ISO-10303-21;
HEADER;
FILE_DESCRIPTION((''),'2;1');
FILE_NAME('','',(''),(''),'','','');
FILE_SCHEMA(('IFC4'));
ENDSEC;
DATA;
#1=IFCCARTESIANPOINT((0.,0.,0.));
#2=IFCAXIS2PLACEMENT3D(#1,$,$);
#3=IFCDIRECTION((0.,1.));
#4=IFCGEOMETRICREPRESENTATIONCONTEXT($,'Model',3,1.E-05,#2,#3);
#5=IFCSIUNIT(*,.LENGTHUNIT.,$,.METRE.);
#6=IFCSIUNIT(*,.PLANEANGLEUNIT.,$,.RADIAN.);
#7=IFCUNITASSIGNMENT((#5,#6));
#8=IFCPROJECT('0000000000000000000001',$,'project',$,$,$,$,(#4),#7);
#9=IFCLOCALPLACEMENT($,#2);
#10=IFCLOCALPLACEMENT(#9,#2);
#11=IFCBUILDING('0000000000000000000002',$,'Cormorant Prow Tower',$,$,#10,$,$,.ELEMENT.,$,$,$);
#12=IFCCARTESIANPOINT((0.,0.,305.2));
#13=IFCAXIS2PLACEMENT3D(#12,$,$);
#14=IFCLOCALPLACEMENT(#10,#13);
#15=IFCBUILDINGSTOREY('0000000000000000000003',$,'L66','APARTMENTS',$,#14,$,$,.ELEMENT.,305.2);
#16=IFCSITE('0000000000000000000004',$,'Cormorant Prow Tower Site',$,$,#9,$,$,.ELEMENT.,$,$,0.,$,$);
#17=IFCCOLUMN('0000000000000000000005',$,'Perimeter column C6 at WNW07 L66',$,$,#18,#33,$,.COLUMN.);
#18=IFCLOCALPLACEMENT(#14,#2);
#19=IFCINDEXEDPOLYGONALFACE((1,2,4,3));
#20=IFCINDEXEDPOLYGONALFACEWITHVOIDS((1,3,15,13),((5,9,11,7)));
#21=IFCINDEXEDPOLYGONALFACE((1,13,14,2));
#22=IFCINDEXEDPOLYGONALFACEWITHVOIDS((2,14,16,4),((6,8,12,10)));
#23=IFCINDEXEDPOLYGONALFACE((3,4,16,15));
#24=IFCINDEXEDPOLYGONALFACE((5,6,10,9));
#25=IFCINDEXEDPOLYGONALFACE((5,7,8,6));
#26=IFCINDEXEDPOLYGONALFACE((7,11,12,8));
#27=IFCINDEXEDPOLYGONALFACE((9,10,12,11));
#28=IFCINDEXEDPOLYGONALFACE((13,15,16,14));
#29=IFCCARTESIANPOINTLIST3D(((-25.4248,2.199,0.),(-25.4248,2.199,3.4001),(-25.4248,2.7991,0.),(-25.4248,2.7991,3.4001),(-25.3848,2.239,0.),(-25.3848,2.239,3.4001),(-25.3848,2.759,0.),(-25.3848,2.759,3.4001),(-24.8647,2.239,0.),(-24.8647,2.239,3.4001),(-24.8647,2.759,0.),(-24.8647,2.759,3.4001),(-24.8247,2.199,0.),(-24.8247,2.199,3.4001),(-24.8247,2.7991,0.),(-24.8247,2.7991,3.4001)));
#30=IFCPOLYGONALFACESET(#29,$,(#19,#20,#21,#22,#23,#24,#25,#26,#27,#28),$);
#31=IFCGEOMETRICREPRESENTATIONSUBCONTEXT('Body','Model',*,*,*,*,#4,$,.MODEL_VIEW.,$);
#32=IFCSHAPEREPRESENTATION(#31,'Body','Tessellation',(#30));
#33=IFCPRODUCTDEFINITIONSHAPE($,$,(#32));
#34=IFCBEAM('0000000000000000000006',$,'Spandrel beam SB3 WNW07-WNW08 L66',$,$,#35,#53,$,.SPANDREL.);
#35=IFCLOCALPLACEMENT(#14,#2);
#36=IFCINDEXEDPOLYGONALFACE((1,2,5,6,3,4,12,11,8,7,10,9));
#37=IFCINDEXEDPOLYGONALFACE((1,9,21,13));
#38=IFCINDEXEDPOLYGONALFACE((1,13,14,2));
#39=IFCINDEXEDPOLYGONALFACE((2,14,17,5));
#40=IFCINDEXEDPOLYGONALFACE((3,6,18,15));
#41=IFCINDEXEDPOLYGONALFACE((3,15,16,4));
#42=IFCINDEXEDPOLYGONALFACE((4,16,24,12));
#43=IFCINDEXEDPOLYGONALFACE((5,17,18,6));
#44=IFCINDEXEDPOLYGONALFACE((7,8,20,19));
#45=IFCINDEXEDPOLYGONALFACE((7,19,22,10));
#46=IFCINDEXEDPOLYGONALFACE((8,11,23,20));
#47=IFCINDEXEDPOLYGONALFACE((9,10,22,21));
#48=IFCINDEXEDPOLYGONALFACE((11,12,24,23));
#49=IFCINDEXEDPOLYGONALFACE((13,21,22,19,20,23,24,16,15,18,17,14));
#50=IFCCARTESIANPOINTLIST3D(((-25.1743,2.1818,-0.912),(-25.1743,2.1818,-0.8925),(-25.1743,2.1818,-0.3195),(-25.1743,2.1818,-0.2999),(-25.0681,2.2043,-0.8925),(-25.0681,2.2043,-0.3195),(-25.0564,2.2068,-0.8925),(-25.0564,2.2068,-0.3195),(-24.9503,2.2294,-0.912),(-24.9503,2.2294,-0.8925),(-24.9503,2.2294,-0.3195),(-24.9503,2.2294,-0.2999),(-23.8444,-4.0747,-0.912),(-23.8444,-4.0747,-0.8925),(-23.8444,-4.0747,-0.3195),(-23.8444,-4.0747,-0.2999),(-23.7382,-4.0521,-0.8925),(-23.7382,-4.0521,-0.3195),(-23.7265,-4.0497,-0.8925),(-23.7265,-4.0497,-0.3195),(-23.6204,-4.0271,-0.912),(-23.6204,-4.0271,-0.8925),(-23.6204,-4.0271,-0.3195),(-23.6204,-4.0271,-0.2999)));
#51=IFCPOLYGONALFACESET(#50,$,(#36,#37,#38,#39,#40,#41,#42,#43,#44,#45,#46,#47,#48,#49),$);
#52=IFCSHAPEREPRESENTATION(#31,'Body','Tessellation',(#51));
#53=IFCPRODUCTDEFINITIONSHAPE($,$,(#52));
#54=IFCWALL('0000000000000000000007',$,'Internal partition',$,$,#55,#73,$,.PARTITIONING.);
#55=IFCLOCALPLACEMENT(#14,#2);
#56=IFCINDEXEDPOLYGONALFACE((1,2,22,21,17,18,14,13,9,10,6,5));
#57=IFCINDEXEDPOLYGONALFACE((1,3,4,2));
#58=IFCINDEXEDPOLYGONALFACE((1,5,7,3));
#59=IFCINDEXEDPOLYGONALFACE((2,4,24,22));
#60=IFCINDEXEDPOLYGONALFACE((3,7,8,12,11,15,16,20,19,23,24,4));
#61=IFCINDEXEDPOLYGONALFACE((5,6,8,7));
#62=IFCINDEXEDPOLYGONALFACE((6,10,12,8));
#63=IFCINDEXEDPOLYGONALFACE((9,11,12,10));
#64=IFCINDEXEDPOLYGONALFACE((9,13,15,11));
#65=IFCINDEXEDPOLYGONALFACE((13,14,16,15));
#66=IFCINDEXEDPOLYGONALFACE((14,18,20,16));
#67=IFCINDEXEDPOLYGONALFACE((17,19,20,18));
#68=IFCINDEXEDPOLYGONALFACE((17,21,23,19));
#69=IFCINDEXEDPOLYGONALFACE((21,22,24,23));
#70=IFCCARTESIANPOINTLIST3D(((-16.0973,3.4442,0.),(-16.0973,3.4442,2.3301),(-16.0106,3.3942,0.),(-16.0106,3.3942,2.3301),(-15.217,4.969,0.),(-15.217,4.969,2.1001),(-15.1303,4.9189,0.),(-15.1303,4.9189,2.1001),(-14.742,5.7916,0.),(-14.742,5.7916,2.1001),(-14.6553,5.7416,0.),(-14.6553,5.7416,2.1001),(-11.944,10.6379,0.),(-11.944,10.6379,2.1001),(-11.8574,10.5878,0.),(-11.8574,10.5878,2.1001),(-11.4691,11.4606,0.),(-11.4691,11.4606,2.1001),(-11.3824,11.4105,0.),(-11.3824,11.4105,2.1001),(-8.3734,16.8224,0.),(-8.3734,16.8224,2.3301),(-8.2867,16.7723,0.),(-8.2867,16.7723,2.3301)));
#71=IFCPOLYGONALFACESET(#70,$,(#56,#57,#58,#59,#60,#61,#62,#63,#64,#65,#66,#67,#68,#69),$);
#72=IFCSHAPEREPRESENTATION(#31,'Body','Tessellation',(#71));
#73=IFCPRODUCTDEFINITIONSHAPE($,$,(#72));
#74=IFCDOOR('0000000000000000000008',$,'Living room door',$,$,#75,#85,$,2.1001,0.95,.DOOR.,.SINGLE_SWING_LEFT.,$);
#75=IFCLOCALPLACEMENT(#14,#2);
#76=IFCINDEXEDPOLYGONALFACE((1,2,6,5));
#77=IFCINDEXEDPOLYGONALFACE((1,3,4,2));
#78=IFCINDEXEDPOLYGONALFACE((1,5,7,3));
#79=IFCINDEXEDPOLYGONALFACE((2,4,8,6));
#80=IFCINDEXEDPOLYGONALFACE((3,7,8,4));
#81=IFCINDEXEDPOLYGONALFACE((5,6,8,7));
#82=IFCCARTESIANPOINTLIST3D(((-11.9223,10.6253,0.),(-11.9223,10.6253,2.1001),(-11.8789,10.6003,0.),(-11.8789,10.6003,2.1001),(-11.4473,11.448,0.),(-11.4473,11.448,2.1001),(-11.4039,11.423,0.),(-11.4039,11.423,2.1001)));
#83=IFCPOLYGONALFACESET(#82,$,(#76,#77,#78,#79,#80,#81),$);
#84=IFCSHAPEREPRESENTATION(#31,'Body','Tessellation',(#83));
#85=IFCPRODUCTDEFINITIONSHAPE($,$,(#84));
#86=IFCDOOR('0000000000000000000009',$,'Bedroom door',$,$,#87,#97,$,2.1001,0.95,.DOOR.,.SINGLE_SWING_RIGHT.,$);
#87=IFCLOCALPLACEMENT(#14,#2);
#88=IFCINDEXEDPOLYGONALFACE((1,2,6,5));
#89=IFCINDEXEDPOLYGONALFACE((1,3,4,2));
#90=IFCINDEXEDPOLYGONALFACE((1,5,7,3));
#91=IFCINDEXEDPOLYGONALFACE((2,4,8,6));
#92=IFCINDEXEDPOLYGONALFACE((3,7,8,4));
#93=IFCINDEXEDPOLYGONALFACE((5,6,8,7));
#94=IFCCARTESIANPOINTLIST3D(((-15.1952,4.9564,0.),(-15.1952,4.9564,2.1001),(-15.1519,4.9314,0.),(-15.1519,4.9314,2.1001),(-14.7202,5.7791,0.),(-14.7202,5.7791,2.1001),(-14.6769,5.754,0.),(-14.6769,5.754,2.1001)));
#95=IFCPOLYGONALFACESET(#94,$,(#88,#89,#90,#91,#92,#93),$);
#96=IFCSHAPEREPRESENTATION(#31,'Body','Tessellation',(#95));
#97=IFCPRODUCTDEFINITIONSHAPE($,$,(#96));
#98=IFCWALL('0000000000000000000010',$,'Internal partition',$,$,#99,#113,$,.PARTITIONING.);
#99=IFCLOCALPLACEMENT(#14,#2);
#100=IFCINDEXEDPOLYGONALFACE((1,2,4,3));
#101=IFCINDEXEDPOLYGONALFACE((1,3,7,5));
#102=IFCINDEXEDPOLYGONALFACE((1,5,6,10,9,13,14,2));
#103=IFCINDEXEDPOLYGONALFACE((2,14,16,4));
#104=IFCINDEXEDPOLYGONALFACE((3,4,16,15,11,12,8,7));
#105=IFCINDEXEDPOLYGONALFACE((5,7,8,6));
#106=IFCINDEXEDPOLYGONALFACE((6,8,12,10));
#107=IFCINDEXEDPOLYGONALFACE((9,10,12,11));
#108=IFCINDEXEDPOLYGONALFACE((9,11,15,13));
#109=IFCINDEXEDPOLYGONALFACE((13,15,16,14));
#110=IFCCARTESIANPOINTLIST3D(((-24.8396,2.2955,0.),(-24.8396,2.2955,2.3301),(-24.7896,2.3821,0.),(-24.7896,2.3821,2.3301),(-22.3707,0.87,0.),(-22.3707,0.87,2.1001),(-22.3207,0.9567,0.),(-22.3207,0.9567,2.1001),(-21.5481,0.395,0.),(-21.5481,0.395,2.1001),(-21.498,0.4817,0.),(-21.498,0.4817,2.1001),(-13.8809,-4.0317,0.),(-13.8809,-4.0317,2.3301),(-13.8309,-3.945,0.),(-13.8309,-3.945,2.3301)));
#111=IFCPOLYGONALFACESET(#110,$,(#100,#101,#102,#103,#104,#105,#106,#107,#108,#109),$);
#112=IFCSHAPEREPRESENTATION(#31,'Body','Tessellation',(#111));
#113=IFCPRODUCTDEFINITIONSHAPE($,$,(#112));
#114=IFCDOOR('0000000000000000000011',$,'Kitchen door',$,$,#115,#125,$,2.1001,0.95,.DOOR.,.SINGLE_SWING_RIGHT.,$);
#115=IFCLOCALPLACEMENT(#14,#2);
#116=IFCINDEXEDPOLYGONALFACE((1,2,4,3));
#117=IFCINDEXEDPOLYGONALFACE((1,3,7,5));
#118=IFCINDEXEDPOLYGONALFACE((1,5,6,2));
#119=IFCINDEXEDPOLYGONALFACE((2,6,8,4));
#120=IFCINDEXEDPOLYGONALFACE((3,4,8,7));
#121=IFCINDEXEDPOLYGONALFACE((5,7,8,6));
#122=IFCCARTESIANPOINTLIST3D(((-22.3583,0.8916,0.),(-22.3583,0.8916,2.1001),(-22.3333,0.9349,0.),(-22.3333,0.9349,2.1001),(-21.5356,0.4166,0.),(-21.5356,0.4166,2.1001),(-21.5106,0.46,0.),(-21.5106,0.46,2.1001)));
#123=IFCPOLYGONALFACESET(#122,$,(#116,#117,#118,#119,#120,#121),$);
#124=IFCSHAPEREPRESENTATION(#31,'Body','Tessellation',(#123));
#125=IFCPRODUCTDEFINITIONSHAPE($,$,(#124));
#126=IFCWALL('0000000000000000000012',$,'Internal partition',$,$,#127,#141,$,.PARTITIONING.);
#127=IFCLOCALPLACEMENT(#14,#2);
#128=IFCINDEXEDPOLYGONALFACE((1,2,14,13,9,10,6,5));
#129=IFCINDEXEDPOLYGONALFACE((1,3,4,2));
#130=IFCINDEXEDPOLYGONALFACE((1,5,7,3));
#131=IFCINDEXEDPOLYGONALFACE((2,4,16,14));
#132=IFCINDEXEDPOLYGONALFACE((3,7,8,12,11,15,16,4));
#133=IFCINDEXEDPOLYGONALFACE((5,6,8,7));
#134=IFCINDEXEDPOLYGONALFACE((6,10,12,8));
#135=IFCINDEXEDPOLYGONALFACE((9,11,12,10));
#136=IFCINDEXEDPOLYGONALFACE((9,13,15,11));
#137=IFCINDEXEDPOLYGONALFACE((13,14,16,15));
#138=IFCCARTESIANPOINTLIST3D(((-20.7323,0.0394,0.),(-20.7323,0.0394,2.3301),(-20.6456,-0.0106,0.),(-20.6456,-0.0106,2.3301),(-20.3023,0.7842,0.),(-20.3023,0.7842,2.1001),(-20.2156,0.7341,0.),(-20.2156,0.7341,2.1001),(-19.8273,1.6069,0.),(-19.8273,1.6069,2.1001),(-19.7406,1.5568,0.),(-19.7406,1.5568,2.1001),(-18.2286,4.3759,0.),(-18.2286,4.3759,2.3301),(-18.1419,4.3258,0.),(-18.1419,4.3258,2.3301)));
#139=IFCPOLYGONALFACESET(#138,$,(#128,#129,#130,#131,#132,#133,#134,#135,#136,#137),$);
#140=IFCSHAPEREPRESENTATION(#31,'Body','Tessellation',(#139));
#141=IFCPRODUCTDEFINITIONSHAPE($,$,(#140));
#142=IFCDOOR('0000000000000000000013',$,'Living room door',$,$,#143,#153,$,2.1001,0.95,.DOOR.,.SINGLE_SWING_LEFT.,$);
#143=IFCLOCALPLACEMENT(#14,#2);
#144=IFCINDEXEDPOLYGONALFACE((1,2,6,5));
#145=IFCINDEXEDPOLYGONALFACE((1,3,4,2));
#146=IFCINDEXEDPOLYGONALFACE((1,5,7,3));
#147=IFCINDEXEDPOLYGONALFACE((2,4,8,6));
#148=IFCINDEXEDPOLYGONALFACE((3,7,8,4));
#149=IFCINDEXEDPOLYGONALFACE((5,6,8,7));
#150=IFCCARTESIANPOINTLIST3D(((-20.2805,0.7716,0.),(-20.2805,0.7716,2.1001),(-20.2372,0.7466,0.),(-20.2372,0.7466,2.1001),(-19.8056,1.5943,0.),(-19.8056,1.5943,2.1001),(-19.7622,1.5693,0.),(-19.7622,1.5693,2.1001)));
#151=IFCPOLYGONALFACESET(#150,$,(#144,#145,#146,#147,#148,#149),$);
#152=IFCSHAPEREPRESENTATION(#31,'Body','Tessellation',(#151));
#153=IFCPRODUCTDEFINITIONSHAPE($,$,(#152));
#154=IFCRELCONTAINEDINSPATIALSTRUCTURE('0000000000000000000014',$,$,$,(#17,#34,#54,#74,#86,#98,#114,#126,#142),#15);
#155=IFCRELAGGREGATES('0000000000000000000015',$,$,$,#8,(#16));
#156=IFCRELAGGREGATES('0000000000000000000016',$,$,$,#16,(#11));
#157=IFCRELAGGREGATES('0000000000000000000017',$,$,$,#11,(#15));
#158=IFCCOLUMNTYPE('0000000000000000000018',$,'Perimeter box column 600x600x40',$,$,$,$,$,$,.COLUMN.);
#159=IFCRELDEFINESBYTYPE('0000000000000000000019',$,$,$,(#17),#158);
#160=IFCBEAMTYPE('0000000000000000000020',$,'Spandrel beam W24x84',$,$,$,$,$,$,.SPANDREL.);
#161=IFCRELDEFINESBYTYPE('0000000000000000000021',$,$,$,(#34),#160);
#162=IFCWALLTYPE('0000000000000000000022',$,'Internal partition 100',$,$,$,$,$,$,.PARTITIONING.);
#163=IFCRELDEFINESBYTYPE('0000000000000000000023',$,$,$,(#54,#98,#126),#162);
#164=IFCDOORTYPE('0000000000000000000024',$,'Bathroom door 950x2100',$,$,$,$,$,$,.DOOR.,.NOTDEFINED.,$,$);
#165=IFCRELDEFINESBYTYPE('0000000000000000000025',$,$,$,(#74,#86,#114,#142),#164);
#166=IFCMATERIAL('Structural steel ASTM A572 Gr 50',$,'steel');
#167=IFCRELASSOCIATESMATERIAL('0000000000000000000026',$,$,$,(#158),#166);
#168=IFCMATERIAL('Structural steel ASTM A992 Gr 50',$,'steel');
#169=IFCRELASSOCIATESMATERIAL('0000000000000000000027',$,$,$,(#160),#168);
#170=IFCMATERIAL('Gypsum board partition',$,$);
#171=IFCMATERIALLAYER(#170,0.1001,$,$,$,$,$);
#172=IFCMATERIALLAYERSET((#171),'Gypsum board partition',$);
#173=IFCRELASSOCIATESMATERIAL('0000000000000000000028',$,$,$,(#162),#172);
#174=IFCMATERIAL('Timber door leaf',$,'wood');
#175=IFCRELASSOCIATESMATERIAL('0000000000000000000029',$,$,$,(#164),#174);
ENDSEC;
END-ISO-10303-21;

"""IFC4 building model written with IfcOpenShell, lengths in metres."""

from ifc_helpers import new_model, si_unit, direction, frame, frame_2d, origin, origin_2d, place, context, subcontext, project, spatial, rectangle, hollow_rectangle, i_section, extrude, material, layer, layer_set, material_profile, profile_set, type_object, element, fill, save


model = new_model("IFC4")

# Units and contexts
model_context = context("Model", 3, precision=1e-05, world=origin(), true_north=direction((0.0, 1.0)))
body_context = subcontext(model_context, "Body", "Model", "MODEL_VIEW")
ifc_project = project(units=[si_unit("LENGTHUNIT", "METRE"), si_unit("PLANEANGLEUNIT", "RADIAN")], contexts=[model_context])

# Site, building, storey
site_placement = place(None, origin())
site = spatial("IfcSite", under=ifc_project, at=site_placement, Name="Cormorant Prow Tower Site", CompositionType="ELEMENT", RefElevation=0.0)
building_placement = place(site_placement, origin())
building = spatial("IfcBuilding", under=site, at=building_placement, Name="Cormorant Prow Tower", CompositionType="ELEMENT")
storey_placement = place(building_placement, frame((0.0, 0.0, 305.2)))
storey = spatial("IfcBuildingStorey", under=building, at=storey_placement, Name="L66", Description="APARTMENTS", CompositionType="ELEMENT", Elevation=305.2)

# Column
ifc_material_1 = material(Name="Structural steel ASTM A572 Gr 50", Category="steel")
ifc_material_profile_1 = material_profile(ifc_material_1, hollow_rectangle(XDim=0.6001, YDim=0.6001, WallThickness=0.04, at=origin_2d()), Name="Box 600x600x40")
ifc_profile_set_1 = profile_set([ifc_material_profile_1], Name="Structural steel ASTM A572 Gr 50")
column_type = type_object("IfcColumnType", Name="Perimeter box column 600x600x40", PredefinedType="COLUMN", material=ifc_profile_set_1)
column_placement = place(storey_placement, frame((-25.1248, 2.499, 0.0), z_axis=(0.0, 0.0, 1.0), x_axis=(1.0, 0.0, 0.0)))
element("IfcColumn", 1, at=column_placement, inside=storey, type_object=column_type, Name="Perimeter column C6 at WNW07 L66", PredefinedType="COLUMN", context=body_context, shape_type="SweptSolid", body=[
    extrude(hollow_rectangle(XDim=0.6001, YDim=0.6001, WallThickness=0.04, at=origin_2d()), origin(), (0.0, 0.0, 1.0), 3.4001),
])

# Beam
ifc_material_2 = material(Name="Structural steel ASTM A992 Gr 50", Category="steel")
ifc_material_profile_2 = material_profile(ifc_material_2, i_section(OverallWidth=0.229, OverallDepth=0.6121, WebThickness=0.012, FlangeThickness=0.0195, at=origin_2d()), Name="W24x84")
ifc_profile_set_2 = profile_set([ifc_material_profile_2], Name="Structural steel ASTM A992 Gr 50")
beam_type = type_object("IfcBeamType", Name="Spandrel beam W24x84", PredefinedType="SPANDREL", material=ifc_profile_set_2)
beam_placement = place(storey_placement, frame((-25.0623, 2.2056, -0.606), z_axis=(0.207913, -0.978147, 0.0), x_axis=(0.978147, 0.207913, 0.0)))
element("IfcBeam", 2, at=beam_placement, inside=storey, type_object=beam_type, Name="Spandrel beam SB3 WNW07-WNW08 L66", PredefinedType="SPANDREL", context=body_context, shape_type="SweptSolid", body=[
    extrude(i_section(OverallWidth=0.229, OverallDepth=0.6121, WebThickness=0.012, FlangeThickness=0.0195, at=origin_2d()), origin(), (0.0, 0.0, 1.0), 6.3962),
])

# Wall, openings, doors
ifc_material_3 = material(Name="Gypsum board partition")
ifc_layer_1 = layer(ifc_material_3, 0.1001)
ifc_layer_set_1 = layer_set([ifc_layer_1], Name="Gypsum board partition")
wall_type_1 = type_object("IfcWallType", Name="Internal partition 100", PredefinedType="PARTITIONING", material=ifc_layer_set_1)
wall_1_placement = place(storey_placement, frame((-16.054, 3.4192, 0.0), z_axis=(0.0, 0.0, 1.0), x_axis=(0.499999, 0.866026, 0.0)))
wall_1 = element("IfcWall", 3, at=wall_1_placement, inside=storey, type_object=wall_type_1, Name="Internal partition", PredefinedType="PARTITIONING", context=body_context, shape_type="SweptSolid", body=[
    extrude(rectangle(XDim=15.4478, YDim=0.1001, at=frame_2d((7.7239, 0.0))), origin(), (0.0, 0.0, 1.0), 2.3301),
])
opening_1_placement = place(wall_1_placement, frame((8.3064, 0.0, 0.0)))
opening_1 = element("IfcOpeningElement", 4, at=opening_1_placement, cuts=wall_1, PredefinedType="OPENING", context=body_context, shape_type="SweptSolid", body=[
    extrude(rectangle(XDim=0.95, YDim=2.1001, at=frame_2d((0.4751, 1.05))), frame((0.0, 0.0601, 0.0), z_axis=(0.0, -1.0, 0.0), x_axis=(1.0, 0.0, 0.0)), (0.0, 0.0, 1.0), 0.1201),
])
opening_2_placement = place(wall_1_placement, frame((1.7605, 0.0, 0.0)))
opening_2 = element("IfcOpeningElement", 5, at=opening_2_placement, cuts=wall_1, PredefinedType="OPENING", context=body_context, shape_type="SweptSolid", body=[
    extrude(rectangle(XDim=0.95, YDim=2.1001, at=frame_2d((0.4751, 1.05))), frame((0.0, 0.0601, 0.0), z_axis=(0.0, -1.0, 0.0), x_axis=(1.0, 0.0, 0.0)), (0.0, 0.0, 1.0), 0.1201),
])
ifc_material_4 = material(Name="Timber door leaf", Category="wood")
door_type_1 = type_object("IfcDoorType", Name="Bathroom door 950x2100", OperationType="NOTDEFINED", PredefinedType="DOOR", material=ifc_material_4)
door_1_placement = place(opening_1_placement, origin())
door_1 = element("IfcDoor", 6, at=door_1_placement, inside=storey, type_object=door_type_1, Name="Living room door", OperationType="SINGLE_SWING_LEFT", OverallHeight=2.1001, OverallWidth=0.95, PredefinedType="DOOR", context=body_context, shape_type="SweptSolid", body=[
    extrude(rectangle(XDim=0.95, YDim=2.1001, at=frame_2d((0.4751, 1.05))), frame((0.0, 0.0249, 0.0), z_axis=(0.0, -1.0, 0.0), x_axis=(1.0, 0.0, 0.0)), (0.0, 0.0, 1.0), 0.05),
])
fill(opening_1, door_1)
door_2_placement = place(opening_2_placement, origin())
door_2 = element("IfcDoor", 7, at=door_2_placement, inside=storey, type_object=door_type_1, Name="Bedroom door", OperationType="SINGLE_SWING_RIGHT", OverallHeight=2.1001, OverallWidth=0.95, PredefinedType="DOOR", context=body_context, shape_type="SweptSolid", body=[
    extrude(rectangle(XDim=0.95, YDim=2.1001, at=frame_2d((0.4751, 1.05))), frame((0.0, 0.0249, 0.0), z_axis=(0.0, -1.0, 0.0), x_axis=(1.0, 0.0, 0.0)), (0.0, 0.0, 1.0), 0.05),
])
fill(opening_2, door_2)

# Walls, openings, doors
wall_2_placement = place(storey_placement, frame((-24.8147, 2.3389, 0.0), z_axis=(0.0, 0.0, 1.0), x_axis=(0.866021, -0.500007, 0.0)))
wall_2 = element("IfcWall", 8, at=wall_2_placement, inside=storey, type_object=wall_type_1, Name="Internal partition", PredefinedType="PARTITIONING", context=body_context, shape_type="SweptSolid", body=[
    extrude(rectangle(XDim=12.6541, YDim=0.1001, at=frame_2d((6.3271, 0.0))), origin(), (0.0, 0.0, 1.0), 2.3301),
])
opening_3_placement = place(wall_2_placement, frame((2.8508, 0.0, 0.0)))
opening_3 = element("IfcOpeningElement", 9, at=opening_3_placement, cuts=wall_2, PredefinedType="OPENING", context=body_context, shape_type="SweptSolid", body=[
    extrude(rectangle(XDim=0.95, YDim=2.1001, at=frame_2d((0.4751, 1.05))), frame((0.0, 0.0601, 0.0), z_axis=(0.0, -1.0, 0.0), x_axis=(1.0, 0.0, 0.0)), (0.0, 0.0, 1.0), 0.1201),
])
door_3_placement = place(opening_3_placement, origin())
door_3 = element("IfcDoor", 10, at=door_3_placement, inside=storey, type_object=door_type_1, Name="Kitchen door", OperationType="SINGLE_SWING_RIGHT", OverallHeight=2.1001, OverallWidth=0.95, PredefinedType="DOOR", context=body_context, shape_type="SweptSolid", body=[
    extrude(rectangle(XDim=0.95, YDim=2.1001, at=frame_2d((0.4751, 1.05))), frame((0.0, 0.0249, 0.0), z_axis=(0.0, -1.0, 0.0), x_axis=(1.0, 0.0, 0.0)), (0.0, 0.0, 1.0), 0.05),
])
fill(opening_3, door_3)
wall_3_placement = place(storey_placement, frame((-20.689, 0.0144, 0.0), z_axis=(0.0, 0.0, 1.0), x_axis=(0.500004, 0.866023, 0.0)))
wall_3 = element("IfcWall", 11, at=wall_3_placement, inside=storey, type_object=wall_type_1, Name="Internal partition", PredefinedType="PARTITIONING", context=body_context, shape_type="SweptSolid", body=[
    extrude(rectangle(XDim=5.0073, YDim=0.1001, at=frame_2d((2.5037, 0.0))), origin(), (0.0, 0.0, 1.0), 2.3301),
])
opening_4_placement = place(wall_3_placement, frame((0.8599, 0.0, 0.0)))
opening_4 = element("IfcOpeningElement", 12, at=opening_4_placement, cuts=wall_3, PredefinedType="OPENING", context=body_context, shape_type="SweptSolid", body=[
    extrude(rectangle(XDim=0.95, YDim=2.1001, at=frame_2d((0.4751, 1.05))), frame((0.0, 0.0601, 0.0), z_axis=(0.0, -1.0, 0.0), x_axis=(1.0, 0.0, 0.0)), (0.0, 0.0, 1.0), 0.1201),
])
door_4_placement = place(opening_4_placement, origin())
door_4 = element("IfcDoor", 13, at=door_4_placement, inside=storey, type_object=door_type_1, Name="Living room door", OperationType="SINGLE_SWING_LEFT", OverallHeight=2.1001, OverallWidth=0.95, PredefinedType="DOOR", context=body_context, shape_type="SweptSolid", body=[
    extrude(rectangle(XDim=0.95, YDim=2.1001, at=frame_2d((0.4751, 1.05))), frame((0.0, 0.0249, 0.0), z_axis=(0.0, -1.0, 0.0), x_axis=(1.0, 0.0, 0.0)), (0.0, 0.0, 1.0), 0.05),
])
fill(opening_4, door_4)

save(model, "model.ifc")
